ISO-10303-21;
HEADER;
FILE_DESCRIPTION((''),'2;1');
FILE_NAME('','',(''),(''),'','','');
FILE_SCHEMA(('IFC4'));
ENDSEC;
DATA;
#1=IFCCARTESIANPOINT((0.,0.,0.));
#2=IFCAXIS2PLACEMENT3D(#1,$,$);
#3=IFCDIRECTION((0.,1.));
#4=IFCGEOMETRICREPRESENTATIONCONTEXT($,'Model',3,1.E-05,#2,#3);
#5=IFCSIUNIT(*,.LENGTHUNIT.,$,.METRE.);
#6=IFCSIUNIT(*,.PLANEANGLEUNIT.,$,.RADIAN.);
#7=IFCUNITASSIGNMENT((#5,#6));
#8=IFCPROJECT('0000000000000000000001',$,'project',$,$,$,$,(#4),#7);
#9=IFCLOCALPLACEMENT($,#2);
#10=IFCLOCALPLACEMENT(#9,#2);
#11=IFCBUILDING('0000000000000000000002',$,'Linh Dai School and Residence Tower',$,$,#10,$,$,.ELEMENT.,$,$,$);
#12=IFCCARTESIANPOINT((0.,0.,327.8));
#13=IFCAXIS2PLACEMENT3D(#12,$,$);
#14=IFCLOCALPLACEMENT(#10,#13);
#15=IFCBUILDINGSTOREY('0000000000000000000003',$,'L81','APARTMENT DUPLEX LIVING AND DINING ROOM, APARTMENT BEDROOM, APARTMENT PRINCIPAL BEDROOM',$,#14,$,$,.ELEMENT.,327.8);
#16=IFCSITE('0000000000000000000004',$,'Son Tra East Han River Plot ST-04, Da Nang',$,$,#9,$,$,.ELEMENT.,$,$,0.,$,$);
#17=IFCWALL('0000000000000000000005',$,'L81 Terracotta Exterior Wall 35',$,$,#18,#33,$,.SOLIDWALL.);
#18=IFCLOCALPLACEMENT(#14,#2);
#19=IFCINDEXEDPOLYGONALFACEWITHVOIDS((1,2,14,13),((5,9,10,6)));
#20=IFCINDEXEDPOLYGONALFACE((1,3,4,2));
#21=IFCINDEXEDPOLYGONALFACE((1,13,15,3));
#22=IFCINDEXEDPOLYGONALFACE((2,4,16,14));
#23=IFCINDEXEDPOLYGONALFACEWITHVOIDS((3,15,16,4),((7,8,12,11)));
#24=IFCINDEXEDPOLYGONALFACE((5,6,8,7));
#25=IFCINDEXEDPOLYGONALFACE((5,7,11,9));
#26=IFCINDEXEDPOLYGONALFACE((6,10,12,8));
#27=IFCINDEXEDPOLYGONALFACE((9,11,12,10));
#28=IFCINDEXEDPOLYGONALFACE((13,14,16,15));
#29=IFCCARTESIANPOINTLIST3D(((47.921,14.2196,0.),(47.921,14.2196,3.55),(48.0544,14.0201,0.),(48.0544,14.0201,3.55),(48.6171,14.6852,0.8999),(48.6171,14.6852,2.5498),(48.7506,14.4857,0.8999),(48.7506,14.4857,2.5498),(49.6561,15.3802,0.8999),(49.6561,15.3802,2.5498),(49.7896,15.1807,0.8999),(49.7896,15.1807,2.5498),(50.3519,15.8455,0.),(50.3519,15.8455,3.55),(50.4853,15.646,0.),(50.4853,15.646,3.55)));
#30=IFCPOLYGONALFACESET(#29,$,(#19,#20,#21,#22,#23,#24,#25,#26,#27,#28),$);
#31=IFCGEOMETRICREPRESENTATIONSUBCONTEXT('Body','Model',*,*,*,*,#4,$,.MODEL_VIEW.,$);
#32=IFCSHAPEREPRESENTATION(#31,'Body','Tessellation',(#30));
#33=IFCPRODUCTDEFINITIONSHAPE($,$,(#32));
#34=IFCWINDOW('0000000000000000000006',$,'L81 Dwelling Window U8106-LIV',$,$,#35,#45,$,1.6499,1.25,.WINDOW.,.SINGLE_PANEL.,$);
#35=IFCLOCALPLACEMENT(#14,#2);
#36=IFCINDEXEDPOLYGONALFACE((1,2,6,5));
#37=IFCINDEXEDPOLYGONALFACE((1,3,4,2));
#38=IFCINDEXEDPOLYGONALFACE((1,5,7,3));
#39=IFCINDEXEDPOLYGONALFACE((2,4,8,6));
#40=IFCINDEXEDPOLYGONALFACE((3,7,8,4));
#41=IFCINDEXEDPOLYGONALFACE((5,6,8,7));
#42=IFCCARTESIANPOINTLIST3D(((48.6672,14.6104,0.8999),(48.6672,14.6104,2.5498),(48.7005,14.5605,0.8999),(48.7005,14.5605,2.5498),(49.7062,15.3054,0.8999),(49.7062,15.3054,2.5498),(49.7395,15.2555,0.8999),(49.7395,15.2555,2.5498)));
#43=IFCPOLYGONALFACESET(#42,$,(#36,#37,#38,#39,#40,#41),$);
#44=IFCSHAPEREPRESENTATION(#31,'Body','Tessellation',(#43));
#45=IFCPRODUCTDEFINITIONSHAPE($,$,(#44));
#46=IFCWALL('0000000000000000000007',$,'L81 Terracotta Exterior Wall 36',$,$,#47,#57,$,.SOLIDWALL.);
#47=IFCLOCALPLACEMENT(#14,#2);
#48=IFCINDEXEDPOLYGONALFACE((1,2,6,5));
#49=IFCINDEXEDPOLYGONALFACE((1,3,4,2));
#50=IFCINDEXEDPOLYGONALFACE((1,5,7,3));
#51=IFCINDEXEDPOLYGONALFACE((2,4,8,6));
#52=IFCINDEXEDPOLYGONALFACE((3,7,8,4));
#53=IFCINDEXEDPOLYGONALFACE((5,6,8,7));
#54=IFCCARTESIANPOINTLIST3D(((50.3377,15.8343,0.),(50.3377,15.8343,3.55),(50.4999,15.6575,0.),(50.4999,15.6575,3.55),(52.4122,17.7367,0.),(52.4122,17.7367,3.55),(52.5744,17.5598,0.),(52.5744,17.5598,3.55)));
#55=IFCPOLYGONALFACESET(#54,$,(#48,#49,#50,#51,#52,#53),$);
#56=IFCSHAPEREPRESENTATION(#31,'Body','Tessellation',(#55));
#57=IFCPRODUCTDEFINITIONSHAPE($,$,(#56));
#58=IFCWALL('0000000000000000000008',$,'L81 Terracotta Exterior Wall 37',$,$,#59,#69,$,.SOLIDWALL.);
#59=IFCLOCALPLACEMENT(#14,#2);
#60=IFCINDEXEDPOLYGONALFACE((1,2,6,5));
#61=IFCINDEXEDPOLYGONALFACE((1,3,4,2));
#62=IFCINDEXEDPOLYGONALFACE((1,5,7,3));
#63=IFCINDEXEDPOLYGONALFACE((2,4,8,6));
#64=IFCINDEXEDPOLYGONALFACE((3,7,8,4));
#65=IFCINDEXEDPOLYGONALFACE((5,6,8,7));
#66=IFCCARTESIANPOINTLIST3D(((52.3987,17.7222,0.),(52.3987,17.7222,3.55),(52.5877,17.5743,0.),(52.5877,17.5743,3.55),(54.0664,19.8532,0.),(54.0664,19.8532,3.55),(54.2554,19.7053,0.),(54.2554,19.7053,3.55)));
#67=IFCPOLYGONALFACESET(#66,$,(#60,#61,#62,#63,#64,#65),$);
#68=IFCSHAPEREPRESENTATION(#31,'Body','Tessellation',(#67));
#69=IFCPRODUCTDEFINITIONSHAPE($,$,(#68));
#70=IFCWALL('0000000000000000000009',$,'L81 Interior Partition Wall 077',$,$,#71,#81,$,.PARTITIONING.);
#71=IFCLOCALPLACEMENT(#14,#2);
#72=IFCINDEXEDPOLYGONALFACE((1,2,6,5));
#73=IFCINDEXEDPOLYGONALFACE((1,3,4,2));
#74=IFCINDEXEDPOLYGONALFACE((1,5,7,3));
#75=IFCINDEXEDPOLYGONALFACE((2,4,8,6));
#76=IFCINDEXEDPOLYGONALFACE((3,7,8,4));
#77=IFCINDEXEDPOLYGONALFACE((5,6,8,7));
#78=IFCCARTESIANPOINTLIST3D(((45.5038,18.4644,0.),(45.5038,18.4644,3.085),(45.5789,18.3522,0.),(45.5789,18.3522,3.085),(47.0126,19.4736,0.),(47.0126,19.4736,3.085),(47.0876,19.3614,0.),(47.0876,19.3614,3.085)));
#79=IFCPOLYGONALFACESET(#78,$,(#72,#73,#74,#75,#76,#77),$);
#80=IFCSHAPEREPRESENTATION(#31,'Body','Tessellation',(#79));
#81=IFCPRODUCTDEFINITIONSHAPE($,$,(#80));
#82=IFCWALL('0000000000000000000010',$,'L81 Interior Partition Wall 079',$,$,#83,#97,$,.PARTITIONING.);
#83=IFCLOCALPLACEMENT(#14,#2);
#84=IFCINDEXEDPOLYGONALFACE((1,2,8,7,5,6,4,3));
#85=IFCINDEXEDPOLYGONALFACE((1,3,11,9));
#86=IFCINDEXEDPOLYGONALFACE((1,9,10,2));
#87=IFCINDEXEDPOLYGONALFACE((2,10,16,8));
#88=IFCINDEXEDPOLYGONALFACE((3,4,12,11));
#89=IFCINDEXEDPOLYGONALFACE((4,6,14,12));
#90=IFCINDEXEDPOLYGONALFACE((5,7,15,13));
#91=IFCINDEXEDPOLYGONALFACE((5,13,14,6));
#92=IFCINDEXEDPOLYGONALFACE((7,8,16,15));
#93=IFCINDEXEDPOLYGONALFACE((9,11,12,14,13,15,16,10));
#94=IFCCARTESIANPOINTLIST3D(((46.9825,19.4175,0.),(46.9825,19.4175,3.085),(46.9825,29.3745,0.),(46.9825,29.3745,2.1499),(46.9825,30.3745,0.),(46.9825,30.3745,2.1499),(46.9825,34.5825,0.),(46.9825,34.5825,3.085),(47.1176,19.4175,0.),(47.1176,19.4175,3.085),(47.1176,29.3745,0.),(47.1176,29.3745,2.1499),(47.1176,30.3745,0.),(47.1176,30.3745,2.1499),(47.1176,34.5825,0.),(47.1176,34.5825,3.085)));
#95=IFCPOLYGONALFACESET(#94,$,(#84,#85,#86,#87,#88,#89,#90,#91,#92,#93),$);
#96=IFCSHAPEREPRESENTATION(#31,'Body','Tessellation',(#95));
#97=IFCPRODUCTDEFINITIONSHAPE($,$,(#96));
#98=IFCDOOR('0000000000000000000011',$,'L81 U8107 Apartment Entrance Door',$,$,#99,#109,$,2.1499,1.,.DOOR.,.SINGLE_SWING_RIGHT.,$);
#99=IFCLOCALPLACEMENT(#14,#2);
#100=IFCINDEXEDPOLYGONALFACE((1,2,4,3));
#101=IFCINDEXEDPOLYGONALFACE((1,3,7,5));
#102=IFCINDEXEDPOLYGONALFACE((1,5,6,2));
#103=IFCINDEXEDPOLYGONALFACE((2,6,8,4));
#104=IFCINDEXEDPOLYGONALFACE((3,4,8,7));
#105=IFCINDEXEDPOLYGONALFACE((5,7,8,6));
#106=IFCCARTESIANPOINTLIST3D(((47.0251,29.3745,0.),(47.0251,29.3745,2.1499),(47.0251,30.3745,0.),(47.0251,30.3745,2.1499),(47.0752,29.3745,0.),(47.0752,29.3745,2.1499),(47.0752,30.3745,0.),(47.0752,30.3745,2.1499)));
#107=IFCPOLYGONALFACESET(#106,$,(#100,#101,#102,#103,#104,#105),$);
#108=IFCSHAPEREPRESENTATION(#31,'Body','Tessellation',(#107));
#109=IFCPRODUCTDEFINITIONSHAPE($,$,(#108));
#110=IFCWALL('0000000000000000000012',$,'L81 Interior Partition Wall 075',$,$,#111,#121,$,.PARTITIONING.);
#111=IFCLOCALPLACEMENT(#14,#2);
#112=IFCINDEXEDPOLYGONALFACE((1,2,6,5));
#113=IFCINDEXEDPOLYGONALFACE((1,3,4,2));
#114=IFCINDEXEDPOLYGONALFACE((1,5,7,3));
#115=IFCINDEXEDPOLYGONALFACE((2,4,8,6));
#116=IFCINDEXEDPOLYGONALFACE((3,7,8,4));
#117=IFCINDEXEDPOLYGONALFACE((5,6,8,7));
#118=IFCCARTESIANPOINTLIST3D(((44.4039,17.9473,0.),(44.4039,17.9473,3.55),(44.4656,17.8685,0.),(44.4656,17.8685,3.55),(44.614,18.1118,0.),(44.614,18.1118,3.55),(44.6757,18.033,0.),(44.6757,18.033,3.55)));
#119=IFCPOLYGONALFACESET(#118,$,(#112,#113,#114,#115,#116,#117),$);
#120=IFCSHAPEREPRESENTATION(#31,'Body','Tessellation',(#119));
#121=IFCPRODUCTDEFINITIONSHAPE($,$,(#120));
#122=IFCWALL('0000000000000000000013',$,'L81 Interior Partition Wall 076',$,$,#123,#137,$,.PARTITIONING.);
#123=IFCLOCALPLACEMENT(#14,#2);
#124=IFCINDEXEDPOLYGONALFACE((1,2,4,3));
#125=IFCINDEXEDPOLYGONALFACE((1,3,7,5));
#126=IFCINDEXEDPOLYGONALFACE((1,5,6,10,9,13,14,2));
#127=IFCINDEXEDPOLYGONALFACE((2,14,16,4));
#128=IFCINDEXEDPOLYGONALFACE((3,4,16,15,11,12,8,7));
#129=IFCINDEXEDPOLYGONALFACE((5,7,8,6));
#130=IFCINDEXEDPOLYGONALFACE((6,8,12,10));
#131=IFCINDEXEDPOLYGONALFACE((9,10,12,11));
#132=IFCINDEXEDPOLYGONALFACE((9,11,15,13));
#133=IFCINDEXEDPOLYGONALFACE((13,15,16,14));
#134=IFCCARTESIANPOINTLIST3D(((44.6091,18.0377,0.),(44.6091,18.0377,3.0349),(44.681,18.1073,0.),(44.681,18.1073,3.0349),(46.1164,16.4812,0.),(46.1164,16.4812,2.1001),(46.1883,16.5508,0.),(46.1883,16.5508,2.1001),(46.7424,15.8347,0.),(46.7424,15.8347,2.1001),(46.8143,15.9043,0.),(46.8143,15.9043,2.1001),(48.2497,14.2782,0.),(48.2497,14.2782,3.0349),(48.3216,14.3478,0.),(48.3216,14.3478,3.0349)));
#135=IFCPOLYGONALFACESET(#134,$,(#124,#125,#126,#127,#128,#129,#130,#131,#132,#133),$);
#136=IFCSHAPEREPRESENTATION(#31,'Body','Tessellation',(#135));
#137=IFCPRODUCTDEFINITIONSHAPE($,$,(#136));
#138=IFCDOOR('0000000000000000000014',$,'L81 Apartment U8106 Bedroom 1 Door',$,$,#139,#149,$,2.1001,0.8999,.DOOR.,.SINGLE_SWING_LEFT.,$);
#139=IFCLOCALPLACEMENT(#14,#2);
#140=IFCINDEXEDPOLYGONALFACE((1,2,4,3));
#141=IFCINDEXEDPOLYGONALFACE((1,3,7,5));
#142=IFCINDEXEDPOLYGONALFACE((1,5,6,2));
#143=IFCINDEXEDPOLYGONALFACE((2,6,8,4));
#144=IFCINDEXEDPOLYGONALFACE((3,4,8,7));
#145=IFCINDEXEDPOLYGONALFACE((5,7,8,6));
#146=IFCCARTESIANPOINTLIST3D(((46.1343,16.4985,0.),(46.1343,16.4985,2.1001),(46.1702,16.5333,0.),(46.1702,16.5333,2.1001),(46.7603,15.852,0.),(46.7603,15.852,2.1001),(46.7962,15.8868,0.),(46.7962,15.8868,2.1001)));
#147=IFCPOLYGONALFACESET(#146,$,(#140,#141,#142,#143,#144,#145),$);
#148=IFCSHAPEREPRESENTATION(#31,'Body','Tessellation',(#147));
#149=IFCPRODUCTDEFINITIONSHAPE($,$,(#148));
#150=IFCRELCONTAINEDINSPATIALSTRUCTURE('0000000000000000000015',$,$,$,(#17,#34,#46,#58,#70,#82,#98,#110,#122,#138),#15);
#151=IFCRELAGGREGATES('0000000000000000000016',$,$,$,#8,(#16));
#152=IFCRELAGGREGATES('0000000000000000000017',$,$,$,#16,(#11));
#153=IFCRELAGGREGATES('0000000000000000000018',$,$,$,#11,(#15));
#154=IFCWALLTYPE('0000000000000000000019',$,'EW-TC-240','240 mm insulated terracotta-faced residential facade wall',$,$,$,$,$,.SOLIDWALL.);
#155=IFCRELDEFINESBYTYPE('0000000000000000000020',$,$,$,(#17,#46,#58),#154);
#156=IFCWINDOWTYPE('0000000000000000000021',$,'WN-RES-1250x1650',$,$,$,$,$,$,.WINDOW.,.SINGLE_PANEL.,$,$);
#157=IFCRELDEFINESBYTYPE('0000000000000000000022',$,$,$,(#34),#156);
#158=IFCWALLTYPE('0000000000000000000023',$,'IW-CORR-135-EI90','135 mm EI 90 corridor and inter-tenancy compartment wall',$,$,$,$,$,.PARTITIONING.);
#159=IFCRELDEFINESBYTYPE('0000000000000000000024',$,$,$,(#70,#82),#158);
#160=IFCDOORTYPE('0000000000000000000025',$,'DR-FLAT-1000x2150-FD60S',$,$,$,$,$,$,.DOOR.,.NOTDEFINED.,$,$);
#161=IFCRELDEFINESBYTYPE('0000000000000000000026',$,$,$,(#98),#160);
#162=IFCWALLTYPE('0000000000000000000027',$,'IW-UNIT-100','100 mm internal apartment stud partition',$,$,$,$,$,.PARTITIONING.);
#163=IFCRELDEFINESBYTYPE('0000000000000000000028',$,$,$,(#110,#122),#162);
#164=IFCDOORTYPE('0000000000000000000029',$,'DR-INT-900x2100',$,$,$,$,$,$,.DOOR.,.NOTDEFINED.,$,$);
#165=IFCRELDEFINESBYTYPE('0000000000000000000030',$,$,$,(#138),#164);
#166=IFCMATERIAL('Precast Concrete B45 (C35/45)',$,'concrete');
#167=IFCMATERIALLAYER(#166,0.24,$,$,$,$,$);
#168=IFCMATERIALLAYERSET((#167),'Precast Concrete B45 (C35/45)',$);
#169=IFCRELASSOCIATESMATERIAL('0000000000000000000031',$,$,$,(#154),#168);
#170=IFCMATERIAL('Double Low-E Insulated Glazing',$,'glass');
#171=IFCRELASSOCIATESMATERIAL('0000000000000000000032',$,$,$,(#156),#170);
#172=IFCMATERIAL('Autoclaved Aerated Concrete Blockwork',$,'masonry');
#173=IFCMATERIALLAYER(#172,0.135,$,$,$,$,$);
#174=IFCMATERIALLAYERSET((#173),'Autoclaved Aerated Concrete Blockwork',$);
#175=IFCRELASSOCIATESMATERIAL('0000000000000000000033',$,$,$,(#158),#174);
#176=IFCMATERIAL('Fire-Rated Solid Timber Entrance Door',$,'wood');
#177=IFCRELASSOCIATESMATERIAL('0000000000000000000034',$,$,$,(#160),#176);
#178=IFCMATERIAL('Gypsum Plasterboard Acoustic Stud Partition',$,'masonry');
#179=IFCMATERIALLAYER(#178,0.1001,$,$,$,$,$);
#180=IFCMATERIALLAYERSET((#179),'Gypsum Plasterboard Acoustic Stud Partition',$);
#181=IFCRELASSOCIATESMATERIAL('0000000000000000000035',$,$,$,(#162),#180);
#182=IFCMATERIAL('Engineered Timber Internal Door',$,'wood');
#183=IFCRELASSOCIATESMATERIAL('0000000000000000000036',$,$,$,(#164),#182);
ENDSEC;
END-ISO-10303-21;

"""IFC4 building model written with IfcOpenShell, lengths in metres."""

from ifc_helpers import new_model, si_unit, direction, frame, frame_2d, origin, origin_2d, place, context, subcontext, project, spatial, rectangle, extrude, source, transform, mapped, material, layer, layer_set, type_object, element, fill, save


model = new_model("IFC4")

# Units and contexts
model_context = context("Model", 3, precision=1e-05, world=origin(), true_north=direction((0.0, 1.0)))
body_context = subcontext(model_context, "Body", "Model", "MODEL_VIEW")
ifc_project = project(units=[si_unit("LENGTHUNIT", "METRE"), si_unit("PLANEANGLEUNIT", "RADIAN")], contexts=[model_context])

# Site, building, storey
site_placement = place(None, origin())
site = spatial("IfcSite", under=ifc_project, at=site_placement, Name="Son Tra East Han River Plot ST-04, Da Nang", CompositionType="ELEMENT", RefElevation=0.0)
building_placement = place(site_placement, origin())
building = spatial("IfcBuilding", under=site, at=building_placement, Name="Linh Dai School and Residence Tower", CompositionType="ELEMENT")
storey_placement = place(building_placement, frame((0.0, 0.0, 327.8)))
storey = spatial("IfcBuildingStorey", under=building, at=storey_placement, Name="L81", Description="APARTMENT DUPLEX LIVING AND DINING ROOM, APARTMENT BEDROOM, APARTMENT PRINCIPAL BEDROOM", CompositionType="ELEMENT", Elevation=327.8)

# Shared definitions
ifc_material_1 = material(Name="Precast Concrete B45 (C35/45)", Category="concrete")

# Wall, opening, window
ifc_layer_1 = layer(ifc_material_1, 0.24)
ifc_layer_set_1 = layer_set([ifc_layer_1], Name="Precast Concrete B45 (C35/45)")
wall_type_1 = type_object("IfcWallType", Name="EW-TC-240", Description="240 mm insulated terracotta-faced residential facade wall", PredefinedType="SOLIDWALL", material=ifc_layer_set_1)
ifc_material_2 = material(Name="Double Low-E Insulated Glazing", Category="glass")
window_type_1 = type_object("IfcWindowType", Name="WN-RES-1250x1650", PartitioningType="SINGLE_PANEL", PredefinedType="WINDOW", material=ifc_material_2)
shared_shape_1 = source(origin(), body_context, "Body", "SweptSolid", [
    extrude(rectangle(XDim=1.25, YDim=1.6499, at=origin_2d()), frame((0.625, 0.03, 0.825), z_axis=(0.0, -1.0, 0.0), x_axis=(1.0, 0.0, 0.0)), (0.0, 0.0, 1.0), 0.0601),
])
wall_1_placement = place(storey_placement, frame((50.4187, 15.7458, 0.0), z_axis=(0.0, 0.0, 1.0), x_axis=(-0.831202, -0.555971, 0.0)))
wall_1 = element("IfcWall", 1, at=wall_1_placement, inside=storey, type_object=wall_type_1, Name="L81 Terracotta Exterior Wall 35", PredefinedType="SOLIDWALL", context=body_context, shape_type="SweptSolid", body=[
    extrude(rectangle(XDim=2.9246, YDim=0.24, at=frame_2d((1.4624, 0.0))), origin(), (0.0, 0.0, 1.0), 3.55),
])
opening_1_placement = place(wall_1_placement, frame((0.8372, 0.0, 0.8999)))
opening_1 = element("IfcOpeningElement", 2, at=opening_1_placement, cuts=wall_1, PredefinedType="OPENING", context=body_context, shape_type="SweptSolid", body=[
    extrude(rectangle(XDim=1.25, YDim=1.6499, at=origin_2d()), frame((0.625, 0.1299, 0.825), z_axis=(0.0, -1.0, 0.0), x_axis=(1.0, 0.0, 0.0)), (0.0, 0.0, 1.0), 0.26),
])
window_1_placement = place(opening_1_placement, origin())
window_1 = element("IfcWindow", 3, at=window_1_placement, inside=storey, type_object=window_type_1, Name="L81 Dwelling Window U8106-LIV", OverallHeight=1.6499, OverallWidth=1.25, PartitioningType="SINGLE_PANEL", PredefinedType="WINDOW", context=body_context, shape_type="MappedRepresentation", body=[
    mapped(shared_shape_1, transform((0.0, 0.0, 0.0), x_axis=(1.0, 0.0, 0.0), y_axis=(0.0, 1.0, 0.0), z_axis=(0.0, 0.0, 1.0), scale=1.0)),
])
fill(opening_1, window_1)

# Walls
wall_2_placement = place(storey_placement, frame((52.4932, 17.6482, 0.0), z_axis=(0.0, 0.0, 1.0), x_axis=(-0.737021, -0.67587, 0.0)))
element("IfcWall", 4, at=wall_2_placement, inside=storey, type_object=wall_type_1, Name="L81 Terracotta Exterior Wall 36", PredefinedType="SOLIDWALL", context=body_context, shape_type="SweptSolid", body=[
    extrude(rectangle(XDim=2.8147, YDim=0.24, at=frame_2d((1.4072, 0.0))), origin(), (0.0, 0.0, 1.0), 3.55),
])
wall_3_placement = place(storey_placement, frame((54.1609, 19.7793, 0.0), z_axis=(0.0, 0.0, 1.0), x_axis=(-0.616286, -0.787522, 0.0)))
element("IfcWall", 5, at=wall_3_placement, inside=storey, type_object=wall_type_1, Name="L81 Terracotta Exterior Wall 37", PredefinedType="SOLIDWALL", context=body_context, shape_type="SweptSolid", body=[
    extrude(rectangle(XDim=2.7061, YDim=0.24, at=frame_2d((1.353, 0.0))), origin(), (0.0, 0.0, 1.0), 3.55),
])
ifc_material_3 = material(Name="Autoclaved Aerated Concrete Blockwork", Category="masonry")
ifc_layer_2 = layer(ifc_material_3, 0.135)
ifc_layer_set_2 = layer_set([ifc_layer_2], Name="Autoclaved Aerated Concrete Blockwork")
wall_type_2 = type_object("IfcWallType", Name="IW-CORR-135-EI90", Description="135 mm EI 90 corridor and inter-tenancy compartment wall", PredefinedType="PARTITIONING", material=ifc_layer_set_2)
wall_4_placement = place(storey_placement, frame((45.5413, 18.4082, 0.0), z_axis=(0.0, 0.0, 1.0), x_axis=(0.83118, 0.556003, 0.0)))
element("IfcWall", 6, at=wall_4_placement, inside=storey, type_object=wall_type_2, Name="L81 Interior Partition Wall 077", PredefinedType="PARTITIONING", context=body_context, shape_type="SweptSolid", body=[
    extrude(rectangle(XDim=1.8152, YDim=0.135, at=frame_2d((0.9077, 0.0))), origin(), (0.0, 0.0, 1.0), 3.085),
])

# Wall, opening, door
wall_5_placement = place(storey_placement, frame((47.05, 19.4175, 0.0), z_axis=(0.0, 0.0, 1.0), x_axis=(0.0, 1.0, 0.0)))
wall_5 = element("IfcWall", 7, at=wall_5_placement, inside=storey, type_object=wall_type_2, Name="L81 Interior Partition Wall 079", PredefinedType="PARTITIONING", context=body_context, shape_type="SweptSolid", body=[
    extrude(rectangle(XDim=15.165, YDim=0.135, at=frame_2d((7.5825, 0.0))), origin(), (0.0, 0.0, 1.0), 3.085),
])
opening_2_placement = place(wall_5_placement, frame((9.957, 0.0, 0.0)))
opening_2 = element("IfcOpeningElement", 8, at=opening_2_placement, cuts=wall_5, PredefinedType="OPENING", context=body_context, shape_type="SweptSolid", body=[
    extrude(rectangle(XDim=1.0, YDim=2.1499, at=origin_2d()), frame((0.5, 0.0776, 1.075), z_axis=(0.0, -1.0, 0.0), x_axis=(1.0, 0.0, 0.0)), (0.0, 0.0, 1.0), 0.155),
])
ifc_material_4 = material(Name="Fire-Rated Solid Timber Entrance Door", Category="wood")
door_type_1 = type_object("IfcDoorType", Name="DR-FLAT-1000x2150-FD60S", OperationType="NOTDEFINED", PredefinedType="DOOR", material=ifc_material_4)
shared_shape_2 = source(origin(), body_context, "Body", "SweptSolid", [
    extrude(rectangle(XDim=1.0, YDim=2.1499, at=origin_2d()), frame((0.5, 0.0249, 1.075), z_axis=(0.0, -1.0, 0.0), x_axis=(1.0, 0.0, 0.0)), (0.0, 0.0, 1.0), 0.05),
])
door_1_placement = place(opening_2_placement, origin())
door_1 = element("IfcDoor", 9, at=door_1_placement, inside=storey, type_object=door_type_1, Name="L81 U8107 Apartment Entrance Door", OperationType="SINGLE_SWING_RIGHT", OverallHeight=2.1499, OverallWidth=1.0, PredefinedType="DOOR", context=body_context, shape_type="MappedRepresentation", body=[
    mapped(shared_shape_2, transform((0.0, 0.0, 0.0), x_axis=(1.0, 0.0, 0.0), y_axis=(0.0, 1.0, 0.0), z_axis=(0.0, 0.0, 1.0), scale=1.0)),
])
fill(opening_2, door_1)

# Wall
ifc_material_5 = material(Name="Gypsum Plasterboard Acoustic Stud Partition", Category="masonry")
ifc_layer_3 = layer(ifc_material_5, 0.1001)
ifc_layer_set_3 = layer_set([ifc_layer_3], Name="Gypsum Plasterboard Acoustic Stud Partition")
wall_type_3 = type_object("IfcWallType", Name="IW-UNIT-100", Description="100 mm internal apartment stud partition", PredefinedType="PARTITIONING", material=ifc_layer_set_3)
wall_6_placement = place(storey_placement, frame((44.4348, 17.908, 0.0), z_axis=(0.0, 0.0, 1.0), x_axis=(0.787428, 0.616407, 0.0)))
element("IfcWall", 10, at=wall_6_placement, inside=storey, type_object=wall_type_3, Name="L81 Interior Partition Wall 075", PredefinedType="PARTITIONING", context=body_context, shape_type="SweptSolid", body=[
    extrude(rectangle(XDim=0.2668, YDim=0.1001, at=frame_2d((0.1333, 0.0))), origin(), (0.0, 0.0, 1.0), 3.55),
])

# Wall, opening, door
wall_7_placement = place(storey_placement, frame((44.645, 18.0725, 0.0), z_axis=(0.0, 0.0, 1.0), x_axis=(0.695656, -0.718375, 0.0)))
wall_7 = element("IfcWall", 11, at=wall_7_placement, inside=storey, type_object=wall_type_3, Name="L81 Interior Partition Wall 076", PredefinedType="PARTITIONING", context=body_context, shape_type="SweptSolid", body=[
    extrude(rectangle(XDim=5.2334, YDim=0.1001, at=frame_2d((2.6167, 0.0))), origin(), (0.0, 0.0, 1.0), 3.0349),
])
opening_3_placement = place(wall_7_placement, frame((2.1667, 0.0, 0.0)))
opening_3 = element("IfcOpeningElement", 12, at=opening_3_placement, cuts=wall_7, PredefinedType="OPENING", context=body_context, shape_type="SweptSolid", body=[
    extrude(rectangle(XDim=0.8999, YDim=2.1001, at=origin_2d()), frame((0.45, 0.0601, 1.05), z_axis=(0.0, -1.0, 0.0), x_axis=(1.0, 0.0, 0.0)), (0.0, 0.0, 1.0), 0.1201),
])
ifc_material_6 = material(Name="Engineered Timber Internal Door", Category="wood")
door_type_2 = type_object("IfcDoorType", Name="DR-INT-900x2100", OperationType="NOTDEFINED", PredefinedType="DOOR", material=ifc_material_6)
shared_shape_3 = source(origin(), body_context, "Body", "SweptSolid", [
    extrude(rectangle(XDim=0.8999, YDim=2.1001, at=origin_2d()), frame((0.45, 0.0249, 1.05), z_axis=(0.0, -1.0, 0.0), x_axis=(1.0, 0.0, 0.0)), (0.0, 0.0, 1.0), 0.05),
])
door_2_placement = place(opening_3_placement, origin())
door_2 = element("IfcDoor", 13, at=door_2_placement, inside=storey, type_object=door_type_2, Name="L81 Apartment U8106 Bedroom 1 Door", OperationType="SINGLE_SWING_LEFT", OverallHeight=2.1001, OverallWidth=0.8999, PredefinedType="DOOR", context=body_context, shape_type="MappedRepresentation", body=[
    mapped(shared_shape_3, transform((0.0, 0.0, 0.0), x_axis=(1.0, 0.0, 0.0), y_axis=(0.0, 1.0, 0.0), z_axis=(0.0, 0.0, 1.0), scale=1.0)),
])
fill(opening_3, door_2)

save(model, "model.ifc")
